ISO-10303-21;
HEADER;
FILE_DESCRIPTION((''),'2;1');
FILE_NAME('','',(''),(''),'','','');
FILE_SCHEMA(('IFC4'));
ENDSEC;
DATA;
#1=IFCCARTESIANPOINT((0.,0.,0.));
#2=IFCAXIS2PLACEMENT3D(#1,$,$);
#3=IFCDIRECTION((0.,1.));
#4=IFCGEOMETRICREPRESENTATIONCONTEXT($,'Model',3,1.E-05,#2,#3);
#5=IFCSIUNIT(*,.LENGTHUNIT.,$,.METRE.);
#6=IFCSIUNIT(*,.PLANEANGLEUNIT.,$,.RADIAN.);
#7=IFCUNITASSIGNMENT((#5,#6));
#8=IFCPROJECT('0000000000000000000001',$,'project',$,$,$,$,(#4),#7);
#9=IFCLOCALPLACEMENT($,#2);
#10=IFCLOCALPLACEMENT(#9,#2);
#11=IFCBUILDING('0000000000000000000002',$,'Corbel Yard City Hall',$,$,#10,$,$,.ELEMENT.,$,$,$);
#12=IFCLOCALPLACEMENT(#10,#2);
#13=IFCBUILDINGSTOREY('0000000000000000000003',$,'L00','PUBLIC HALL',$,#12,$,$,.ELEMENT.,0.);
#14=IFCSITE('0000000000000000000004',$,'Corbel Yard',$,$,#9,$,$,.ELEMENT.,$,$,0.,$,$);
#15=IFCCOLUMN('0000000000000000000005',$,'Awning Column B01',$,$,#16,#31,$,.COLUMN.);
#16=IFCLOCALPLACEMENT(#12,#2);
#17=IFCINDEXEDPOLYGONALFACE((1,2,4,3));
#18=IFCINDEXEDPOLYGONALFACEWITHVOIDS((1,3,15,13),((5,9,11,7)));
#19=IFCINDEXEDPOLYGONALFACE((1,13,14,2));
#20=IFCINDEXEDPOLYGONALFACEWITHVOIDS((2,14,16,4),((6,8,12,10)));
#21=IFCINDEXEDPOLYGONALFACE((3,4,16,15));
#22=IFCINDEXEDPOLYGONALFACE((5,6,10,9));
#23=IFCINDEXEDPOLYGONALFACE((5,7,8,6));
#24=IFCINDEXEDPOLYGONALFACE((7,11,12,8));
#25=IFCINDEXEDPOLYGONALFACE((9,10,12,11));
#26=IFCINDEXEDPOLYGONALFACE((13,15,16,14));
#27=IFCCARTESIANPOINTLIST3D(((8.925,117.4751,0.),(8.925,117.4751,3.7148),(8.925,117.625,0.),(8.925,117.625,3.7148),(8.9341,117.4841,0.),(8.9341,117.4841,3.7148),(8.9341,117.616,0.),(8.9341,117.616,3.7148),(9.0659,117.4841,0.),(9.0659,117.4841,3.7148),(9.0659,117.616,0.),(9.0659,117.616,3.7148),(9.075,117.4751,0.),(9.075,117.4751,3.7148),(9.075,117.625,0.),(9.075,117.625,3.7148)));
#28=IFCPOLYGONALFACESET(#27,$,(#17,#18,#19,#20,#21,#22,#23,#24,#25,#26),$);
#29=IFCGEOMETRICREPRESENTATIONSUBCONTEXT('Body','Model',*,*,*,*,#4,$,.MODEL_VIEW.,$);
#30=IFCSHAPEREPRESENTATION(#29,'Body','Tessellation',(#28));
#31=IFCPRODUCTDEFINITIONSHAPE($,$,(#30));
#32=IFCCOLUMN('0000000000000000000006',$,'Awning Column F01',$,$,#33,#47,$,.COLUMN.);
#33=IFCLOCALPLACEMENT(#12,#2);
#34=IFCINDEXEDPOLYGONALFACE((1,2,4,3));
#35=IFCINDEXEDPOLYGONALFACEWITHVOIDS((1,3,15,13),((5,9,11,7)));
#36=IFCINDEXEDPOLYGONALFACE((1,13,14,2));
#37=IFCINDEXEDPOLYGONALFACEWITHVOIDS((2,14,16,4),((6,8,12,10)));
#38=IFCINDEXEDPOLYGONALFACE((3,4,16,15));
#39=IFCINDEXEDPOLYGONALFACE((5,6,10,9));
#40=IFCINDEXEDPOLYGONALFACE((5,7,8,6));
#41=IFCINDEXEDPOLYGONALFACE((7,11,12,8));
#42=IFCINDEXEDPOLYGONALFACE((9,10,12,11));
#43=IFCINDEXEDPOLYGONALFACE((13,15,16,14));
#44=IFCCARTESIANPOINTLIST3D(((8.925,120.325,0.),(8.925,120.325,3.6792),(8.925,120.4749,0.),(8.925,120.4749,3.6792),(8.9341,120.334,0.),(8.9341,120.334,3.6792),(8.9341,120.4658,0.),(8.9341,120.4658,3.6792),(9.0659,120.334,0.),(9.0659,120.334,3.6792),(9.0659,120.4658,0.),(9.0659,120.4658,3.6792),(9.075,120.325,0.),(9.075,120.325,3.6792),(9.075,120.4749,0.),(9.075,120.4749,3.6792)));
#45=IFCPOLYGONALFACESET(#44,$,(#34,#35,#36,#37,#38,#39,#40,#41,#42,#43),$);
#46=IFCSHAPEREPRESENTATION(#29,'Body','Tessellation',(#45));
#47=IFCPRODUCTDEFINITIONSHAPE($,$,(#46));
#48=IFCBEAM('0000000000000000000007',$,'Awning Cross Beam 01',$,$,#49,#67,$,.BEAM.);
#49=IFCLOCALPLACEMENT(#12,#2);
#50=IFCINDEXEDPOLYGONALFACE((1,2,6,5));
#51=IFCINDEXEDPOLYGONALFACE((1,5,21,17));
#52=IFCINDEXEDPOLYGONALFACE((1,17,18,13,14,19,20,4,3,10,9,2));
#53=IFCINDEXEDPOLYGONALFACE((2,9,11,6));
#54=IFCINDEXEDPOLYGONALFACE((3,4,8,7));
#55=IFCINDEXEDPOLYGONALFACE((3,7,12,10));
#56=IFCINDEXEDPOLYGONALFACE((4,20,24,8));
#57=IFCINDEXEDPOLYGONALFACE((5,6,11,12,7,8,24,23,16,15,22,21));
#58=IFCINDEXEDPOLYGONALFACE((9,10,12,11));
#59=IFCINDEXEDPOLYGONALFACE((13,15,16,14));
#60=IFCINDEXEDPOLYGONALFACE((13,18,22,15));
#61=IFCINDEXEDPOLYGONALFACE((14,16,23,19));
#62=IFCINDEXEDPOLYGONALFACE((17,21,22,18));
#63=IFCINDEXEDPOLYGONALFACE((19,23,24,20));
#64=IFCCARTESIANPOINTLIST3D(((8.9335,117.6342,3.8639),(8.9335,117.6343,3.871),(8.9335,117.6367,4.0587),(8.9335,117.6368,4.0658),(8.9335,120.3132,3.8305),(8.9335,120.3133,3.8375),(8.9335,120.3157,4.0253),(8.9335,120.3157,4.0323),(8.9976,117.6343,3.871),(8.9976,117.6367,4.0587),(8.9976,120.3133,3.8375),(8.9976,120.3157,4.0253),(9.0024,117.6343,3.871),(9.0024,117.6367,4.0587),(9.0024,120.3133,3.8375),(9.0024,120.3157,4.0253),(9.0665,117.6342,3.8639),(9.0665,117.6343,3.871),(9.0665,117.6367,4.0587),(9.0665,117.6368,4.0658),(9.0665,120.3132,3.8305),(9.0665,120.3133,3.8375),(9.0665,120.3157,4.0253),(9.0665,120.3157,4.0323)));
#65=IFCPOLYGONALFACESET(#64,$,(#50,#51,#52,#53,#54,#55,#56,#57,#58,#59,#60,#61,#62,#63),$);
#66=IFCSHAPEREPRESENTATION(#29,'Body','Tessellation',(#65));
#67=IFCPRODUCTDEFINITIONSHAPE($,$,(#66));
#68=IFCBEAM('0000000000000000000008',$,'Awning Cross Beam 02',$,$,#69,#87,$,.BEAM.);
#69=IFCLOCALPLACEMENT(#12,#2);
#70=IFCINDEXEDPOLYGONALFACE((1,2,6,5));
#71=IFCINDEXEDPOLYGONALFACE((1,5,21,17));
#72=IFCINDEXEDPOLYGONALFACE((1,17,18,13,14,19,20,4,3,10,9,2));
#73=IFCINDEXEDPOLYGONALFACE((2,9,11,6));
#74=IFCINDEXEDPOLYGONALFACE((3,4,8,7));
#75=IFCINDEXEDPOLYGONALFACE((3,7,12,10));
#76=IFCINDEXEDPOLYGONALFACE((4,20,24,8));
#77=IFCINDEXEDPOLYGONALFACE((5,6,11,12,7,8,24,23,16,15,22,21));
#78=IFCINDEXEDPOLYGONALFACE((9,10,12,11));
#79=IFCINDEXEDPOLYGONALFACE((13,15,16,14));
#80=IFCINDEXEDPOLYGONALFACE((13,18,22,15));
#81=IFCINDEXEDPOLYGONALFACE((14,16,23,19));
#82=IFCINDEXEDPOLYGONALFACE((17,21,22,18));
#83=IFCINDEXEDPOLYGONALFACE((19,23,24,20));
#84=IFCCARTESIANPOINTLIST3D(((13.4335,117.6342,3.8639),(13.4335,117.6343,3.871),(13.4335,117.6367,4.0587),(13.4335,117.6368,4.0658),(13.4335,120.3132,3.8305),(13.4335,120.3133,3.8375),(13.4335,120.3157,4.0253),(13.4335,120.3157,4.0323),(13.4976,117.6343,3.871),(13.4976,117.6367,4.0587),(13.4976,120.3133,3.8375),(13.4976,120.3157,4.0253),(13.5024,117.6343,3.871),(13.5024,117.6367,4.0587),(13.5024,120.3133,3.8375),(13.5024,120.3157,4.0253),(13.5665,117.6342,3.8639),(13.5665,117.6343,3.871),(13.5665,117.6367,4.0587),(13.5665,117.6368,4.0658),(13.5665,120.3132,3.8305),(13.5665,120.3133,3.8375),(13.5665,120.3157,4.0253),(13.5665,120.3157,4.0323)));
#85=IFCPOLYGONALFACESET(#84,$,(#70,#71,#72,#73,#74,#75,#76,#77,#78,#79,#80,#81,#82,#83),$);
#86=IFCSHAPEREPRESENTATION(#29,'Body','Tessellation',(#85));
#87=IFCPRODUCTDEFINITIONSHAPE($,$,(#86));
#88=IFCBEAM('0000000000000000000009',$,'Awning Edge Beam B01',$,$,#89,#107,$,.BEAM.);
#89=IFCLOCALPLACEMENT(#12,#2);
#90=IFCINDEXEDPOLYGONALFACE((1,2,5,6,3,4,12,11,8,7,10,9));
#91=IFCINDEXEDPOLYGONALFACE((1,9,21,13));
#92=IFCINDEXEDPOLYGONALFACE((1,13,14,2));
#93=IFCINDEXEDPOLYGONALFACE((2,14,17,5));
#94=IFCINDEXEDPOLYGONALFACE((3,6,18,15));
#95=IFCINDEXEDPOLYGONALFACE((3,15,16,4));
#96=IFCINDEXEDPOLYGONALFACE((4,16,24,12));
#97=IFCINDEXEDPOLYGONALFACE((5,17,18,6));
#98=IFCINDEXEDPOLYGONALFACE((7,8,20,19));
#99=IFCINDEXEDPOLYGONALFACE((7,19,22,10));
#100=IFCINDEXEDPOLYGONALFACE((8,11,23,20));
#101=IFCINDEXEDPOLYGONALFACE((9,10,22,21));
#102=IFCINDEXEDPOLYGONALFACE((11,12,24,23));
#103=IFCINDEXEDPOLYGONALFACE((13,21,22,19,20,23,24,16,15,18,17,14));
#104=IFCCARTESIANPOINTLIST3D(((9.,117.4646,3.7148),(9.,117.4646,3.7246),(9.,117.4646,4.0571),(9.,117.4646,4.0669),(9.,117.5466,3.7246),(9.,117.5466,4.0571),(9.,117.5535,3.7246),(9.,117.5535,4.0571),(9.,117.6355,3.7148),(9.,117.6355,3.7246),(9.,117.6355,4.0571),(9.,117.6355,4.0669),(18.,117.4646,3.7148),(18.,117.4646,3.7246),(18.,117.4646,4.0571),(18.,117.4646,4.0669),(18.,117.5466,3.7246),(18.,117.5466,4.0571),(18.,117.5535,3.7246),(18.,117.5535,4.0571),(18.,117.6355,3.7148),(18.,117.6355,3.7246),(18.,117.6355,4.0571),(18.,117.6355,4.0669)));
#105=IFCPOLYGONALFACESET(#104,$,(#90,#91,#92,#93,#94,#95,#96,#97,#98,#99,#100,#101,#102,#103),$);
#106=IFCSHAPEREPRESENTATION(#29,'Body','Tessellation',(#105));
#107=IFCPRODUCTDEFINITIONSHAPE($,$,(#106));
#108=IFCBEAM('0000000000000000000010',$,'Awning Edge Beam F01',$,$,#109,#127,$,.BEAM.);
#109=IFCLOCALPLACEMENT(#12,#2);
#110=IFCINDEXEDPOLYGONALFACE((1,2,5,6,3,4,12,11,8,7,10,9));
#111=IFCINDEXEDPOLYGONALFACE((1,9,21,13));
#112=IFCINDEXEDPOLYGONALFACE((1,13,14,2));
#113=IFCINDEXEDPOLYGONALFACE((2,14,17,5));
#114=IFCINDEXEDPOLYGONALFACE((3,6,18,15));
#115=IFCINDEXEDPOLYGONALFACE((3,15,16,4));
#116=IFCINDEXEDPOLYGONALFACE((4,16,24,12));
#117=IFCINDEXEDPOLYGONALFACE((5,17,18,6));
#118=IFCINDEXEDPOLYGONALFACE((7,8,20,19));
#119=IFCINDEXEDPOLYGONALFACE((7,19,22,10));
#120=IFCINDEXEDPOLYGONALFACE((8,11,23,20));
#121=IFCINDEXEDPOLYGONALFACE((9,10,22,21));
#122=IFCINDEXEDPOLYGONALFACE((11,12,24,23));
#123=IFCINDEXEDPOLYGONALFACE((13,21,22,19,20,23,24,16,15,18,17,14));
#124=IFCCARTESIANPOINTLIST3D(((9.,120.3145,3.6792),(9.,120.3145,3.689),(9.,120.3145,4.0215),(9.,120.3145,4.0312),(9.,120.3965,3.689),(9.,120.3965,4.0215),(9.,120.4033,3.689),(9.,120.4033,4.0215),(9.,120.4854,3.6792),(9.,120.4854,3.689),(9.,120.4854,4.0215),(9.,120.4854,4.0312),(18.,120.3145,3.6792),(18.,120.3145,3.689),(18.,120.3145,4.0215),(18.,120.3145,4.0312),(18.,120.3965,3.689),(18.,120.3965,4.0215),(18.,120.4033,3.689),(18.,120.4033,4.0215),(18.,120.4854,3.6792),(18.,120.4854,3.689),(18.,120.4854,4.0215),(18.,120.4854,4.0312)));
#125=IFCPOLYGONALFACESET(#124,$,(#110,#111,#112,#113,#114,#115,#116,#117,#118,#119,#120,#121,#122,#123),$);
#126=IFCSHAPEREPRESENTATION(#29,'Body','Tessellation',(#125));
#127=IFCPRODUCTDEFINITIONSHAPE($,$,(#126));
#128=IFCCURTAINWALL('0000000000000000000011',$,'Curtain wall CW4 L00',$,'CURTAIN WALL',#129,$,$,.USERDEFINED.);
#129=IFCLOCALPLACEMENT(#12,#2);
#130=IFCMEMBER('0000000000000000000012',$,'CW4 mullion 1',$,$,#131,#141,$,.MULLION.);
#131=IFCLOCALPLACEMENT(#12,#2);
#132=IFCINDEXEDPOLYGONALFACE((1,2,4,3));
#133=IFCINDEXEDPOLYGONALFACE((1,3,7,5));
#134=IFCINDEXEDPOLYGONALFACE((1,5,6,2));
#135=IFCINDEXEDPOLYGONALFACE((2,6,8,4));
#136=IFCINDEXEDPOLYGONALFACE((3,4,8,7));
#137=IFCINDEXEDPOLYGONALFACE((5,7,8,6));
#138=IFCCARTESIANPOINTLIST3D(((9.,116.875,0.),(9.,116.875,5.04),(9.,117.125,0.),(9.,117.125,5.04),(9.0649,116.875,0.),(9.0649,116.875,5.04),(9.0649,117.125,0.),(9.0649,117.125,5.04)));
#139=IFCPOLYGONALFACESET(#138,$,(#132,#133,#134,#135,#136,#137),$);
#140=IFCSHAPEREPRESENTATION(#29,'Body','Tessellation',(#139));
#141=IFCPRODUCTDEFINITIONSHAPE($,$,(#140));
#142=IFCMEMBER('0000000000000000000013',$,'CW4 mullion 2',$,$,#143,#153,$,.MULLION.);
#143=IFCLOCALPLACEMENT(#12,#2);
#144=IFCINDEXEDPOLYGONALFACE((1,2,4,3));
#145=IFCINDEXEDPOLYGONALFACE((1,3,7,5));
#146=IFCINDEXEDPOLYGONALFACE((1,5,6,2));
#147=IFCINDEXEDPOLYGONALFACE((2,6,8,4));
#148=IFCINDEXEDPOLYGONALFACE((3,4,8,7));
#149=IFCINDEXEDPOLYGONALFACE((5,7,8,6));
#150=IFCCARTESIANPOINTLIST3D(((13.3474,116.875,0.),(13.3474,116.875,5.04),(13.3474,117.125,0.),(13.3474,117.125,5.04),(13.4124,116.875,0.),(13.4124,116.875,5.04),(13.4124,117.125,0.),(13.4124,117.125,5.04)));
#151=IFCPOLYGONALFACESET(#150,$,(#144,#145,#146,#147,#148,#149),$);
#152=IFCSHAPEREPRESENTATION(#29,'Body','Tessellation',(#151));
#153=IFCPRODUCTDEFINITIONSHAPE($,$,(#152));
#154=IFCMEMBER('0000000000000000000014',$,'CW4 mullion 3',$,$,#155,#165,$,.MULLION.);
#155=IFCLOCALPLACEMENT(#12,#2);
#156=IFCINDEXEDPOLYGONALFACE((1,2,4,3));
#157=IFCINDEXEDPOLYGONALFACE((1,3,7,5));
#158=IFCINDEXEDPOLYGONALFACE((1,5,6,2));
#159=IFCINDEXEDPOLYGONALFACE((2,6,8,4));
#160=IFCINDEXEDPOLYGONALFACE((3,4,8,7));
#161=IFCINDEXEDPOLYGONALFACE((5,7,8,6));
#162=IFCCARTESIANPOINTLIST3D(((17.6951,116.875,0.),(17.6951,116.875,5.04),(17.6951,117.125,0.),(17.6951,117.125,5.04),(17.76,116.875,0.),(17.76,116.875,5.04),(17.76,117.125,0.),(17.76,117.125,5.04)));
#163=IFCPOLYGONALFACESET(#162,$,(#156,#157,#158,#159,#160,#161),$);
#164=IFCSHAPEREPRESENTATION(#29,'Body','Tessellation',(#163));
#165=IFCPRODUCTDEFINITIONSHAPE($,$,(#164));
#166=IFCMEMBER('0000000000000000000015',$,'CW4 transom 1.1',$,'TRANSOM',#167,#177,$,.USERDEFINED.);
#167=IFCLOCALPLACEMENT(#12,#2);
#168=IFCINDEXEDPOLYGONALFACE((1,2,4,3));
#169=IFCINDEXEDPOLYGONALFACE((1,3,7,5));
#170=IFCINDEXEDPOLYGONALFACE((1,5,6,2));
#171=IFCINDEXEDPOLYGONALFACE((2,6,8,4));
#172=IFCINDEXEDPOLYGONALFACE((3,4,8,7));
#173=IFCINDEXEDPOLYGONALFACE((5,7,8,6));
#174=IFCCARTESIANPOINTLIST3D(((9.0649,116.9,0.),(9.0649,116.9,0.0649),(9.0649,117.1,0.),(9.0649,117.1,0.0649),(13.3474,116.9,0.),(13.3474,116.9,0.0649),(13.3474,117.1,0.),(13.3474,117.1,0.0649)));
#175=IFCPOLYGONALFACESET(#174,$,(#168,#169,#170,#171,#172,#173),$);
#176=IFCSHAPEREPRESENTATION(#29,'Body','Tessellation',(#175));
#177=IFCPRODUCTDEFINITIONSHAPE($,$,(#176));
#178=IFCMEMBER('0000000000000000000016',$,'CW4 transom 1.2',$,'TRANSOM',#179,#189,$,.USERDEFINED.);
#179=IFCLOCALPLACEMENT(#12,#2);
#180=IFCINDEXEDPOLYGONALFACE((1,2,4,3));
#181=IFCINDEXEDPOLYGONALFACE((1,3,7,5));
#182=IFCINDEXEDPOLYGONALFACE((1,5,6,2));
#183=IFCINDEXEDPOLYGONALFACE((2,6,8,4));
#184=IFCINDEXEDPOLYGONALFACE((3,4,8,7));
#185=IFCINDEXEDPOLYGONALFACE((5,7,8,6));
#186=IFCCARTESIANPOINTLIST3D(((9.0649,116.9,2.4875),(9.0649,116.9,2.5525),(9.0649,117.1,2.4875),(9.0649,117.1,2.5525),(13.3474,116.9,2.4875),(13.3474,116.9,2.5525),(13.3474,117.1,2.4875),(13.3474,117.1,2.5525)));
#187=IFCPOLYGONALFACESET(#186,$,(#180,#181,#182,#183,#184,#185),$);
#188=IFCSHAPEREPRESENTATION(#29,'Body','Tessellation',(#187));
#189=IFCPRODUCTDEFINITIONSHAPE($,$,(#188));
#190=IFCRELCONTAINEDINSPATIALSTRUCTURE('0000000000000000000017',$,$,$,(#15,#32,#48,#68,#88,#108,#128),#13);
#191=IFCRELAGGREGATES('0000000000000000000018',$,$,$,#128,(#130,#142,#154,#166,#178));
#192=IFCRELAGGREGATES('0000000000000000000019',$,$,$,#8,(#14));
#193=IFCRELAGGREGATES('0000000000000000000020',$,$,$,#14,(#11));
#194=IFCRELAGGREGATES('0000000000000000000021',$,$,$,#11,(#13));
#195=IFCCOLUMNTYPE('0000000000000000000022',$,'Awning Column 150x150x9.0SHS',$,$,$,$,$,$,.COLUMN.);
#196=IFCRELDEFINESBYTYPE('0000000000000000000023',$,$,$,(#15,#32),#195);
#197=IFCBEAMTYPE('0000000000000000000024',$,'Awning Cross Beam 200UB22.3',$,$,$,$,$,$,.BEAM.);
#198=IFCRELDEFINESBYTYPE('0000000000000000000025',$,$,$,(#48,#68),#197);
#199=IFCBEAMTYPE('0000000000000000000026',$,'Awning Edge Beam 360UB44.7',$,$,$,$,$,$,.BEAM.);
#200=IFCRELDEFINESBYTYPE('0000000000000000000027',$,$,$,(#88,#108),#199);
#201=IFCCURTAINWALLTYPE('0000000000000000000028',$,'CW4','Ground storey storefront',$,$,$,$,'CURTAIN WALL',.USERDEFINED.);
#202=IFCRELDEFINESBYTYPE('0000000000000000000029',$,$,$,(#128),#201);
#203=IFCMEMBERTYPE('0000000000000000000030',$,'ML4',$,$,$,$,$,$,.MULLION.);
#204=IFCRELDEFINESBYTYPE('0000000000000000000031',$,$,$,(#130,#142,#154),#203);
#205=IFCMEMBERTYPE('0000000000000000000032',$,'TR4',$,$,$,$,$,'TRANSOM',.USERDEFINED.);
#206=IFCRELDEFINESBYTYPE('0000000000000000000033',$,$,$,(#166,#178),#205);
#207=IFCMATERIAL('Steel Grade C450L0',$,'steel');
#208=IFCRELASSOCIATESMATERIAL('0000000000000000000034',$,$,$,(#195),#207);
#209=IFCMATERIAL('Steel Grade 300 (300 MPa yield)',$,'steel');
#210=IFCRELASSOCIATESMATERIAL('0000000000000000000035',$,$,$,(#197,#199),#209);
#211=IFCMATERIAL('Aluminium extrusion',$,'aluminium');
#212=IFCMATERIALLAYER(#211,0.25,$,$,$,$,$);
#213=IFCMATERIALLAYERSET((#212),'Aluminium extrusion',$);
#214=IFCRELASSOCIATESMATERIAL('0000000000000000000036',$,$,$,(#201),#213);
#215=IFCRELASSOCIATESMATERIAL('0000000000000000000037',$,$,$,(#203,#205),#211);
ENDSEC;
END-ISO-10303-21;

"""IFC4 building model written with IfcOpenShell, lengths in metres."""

from ifc_helpers import new_model, si_unit, direction, frame, origin, origin_2d, place, context, subcontext, project, spatial, rectangle, hollow_rectangle, i_section, extrude, material, layer, layer_set, material_profile, profile_set, type_object, element, aggregate, save


model = new_model("IFC4")

# Units and contexts
model_context = context("Model", 3, precision=1e-05, world=origin(), true_north=direction((0.0, 1.0)))
body_context = subcontext(model_context, "Body", "Model", "MODEL_VIEW")
ifc_project = project(units=[si_unit("LENGTHUNIT", "METRE"), si_unit("PLANEANGLEUNIT", "RADIAN")], contexts=[model_context])

# Site, building, storey
site_placement = place(None, origin())
site = spatial("IfcSite", under=ifc_project, at=site_placement, Name="Corbel Yard", CompositionType="ELEMENT", RefElevation=0.0)
building_placement = place(site_placement, origin())
building = spatial("IfcBuilding", under=site, at=building_placement, Name="Corbel Yard City Hall", CompositionType="ELEMENT")
storey_placement = place(building_placement, origin())
storey = spatial("IfcBuildingStorey", under=building, at=storey_placement, Name="L00", Description="PUBLIC HALL", CompositionType="ELEMENT", Elevation=0.0)

# Columns
ifc_material_1 = material(Name="Steel Grade C450L0", Category="steel")
ifc_material_profile_1 = material_profile(ifc_material_1, hollow_rectangle(XDim=0.1499, YDim=0.1499, WallThickness=0.009, at=origin_2d()), Name="150x150x9.0SHS")
ifc_profile_set_1 = profile_set([ifc_material_profile_1], Name="Steel Grade C450L0")
column_type = type_object("IfcColumnType", Name="Awning Column 150x150x9.0SHS", PredefinedType="COLUMN", material=ifc_profile_set_1)
column_1_placement = place(storey_placement, frame((9.0, 117.55, 0.0), z_axis=(0.0, 0.0, 1.0), x_axis=(1.0, 0.0, 0.0)))
element("IfcColumn", 1, at=column_1_placement, inside=storey, type_object=column_type, Name="Awning Column B01", PredefinedType="COLUMN", context=body_context, shape_type="SweptSolid", body=[
    extrude(hollow_rectangle(XDim=0.1499, YDim=0.1499, WallThickness=0.009, at=origin_2d()), origin(), (0.0, 0.0, 1.0), 3.7148),
])
column_2_placement = place(storey_placement, frame((9.0, 120.3999, 0.0), z_axis=(0.0, 0.0, 1.0), x_axis=(1.0, 0.0, 0.0)))
element("IfcColumn", 2, at=column_2_placement, inside=storey, type_object=column_type, Name="Awning Column F01", PredefinedType="COLUMN", context=body_context, shape_type="SweptSolid", body=[
    extrude(hollow_rectangle(XDim=0.1499, YDim=0.1499, WallThickness=0.009, at=origin_2d()), origin(), (0.0, 0.0, 1.0), 3.6792),
])

# Beams
ifc_material_2 = material(Name="Steel Grade 300 (300 MPa yield)", Category="steel")
ifc_material_profile_2 = material_profile(ifc_material_2, i_section(OverallWidth=0.1331, OverallDepth=0.2019, WebThickness=0.0049, FlangeThickness=0.0071, at=origin_2d()), Name="200UB22.3")
ifc_profile_set_2 = profile_set([ifc_material_profile_2], Name="Steel Grade 300 (300 MPa yield)")
beam_type_1 = type_object("IfcBeamType", Name="Awning Cross Beam 200UB22.3", PredefinedType="BEAM", material=ifc_profile_set_2)
for number, where, z_axis, x_axis, name in (
    (3, (9.0, 117.6355, 3.9648), (0.0, 0.999922, -0.012484), (-1.0, 0.0, 0.0), "Awning Cross Beam 01"),
    (4, (13.5, 117.6355, 3.9648), (0.0, 0.999922, -0.012484), (-1.0, 0.0, 0.0), "Awning Cross Beam 02"),
):
    element("IfcBeam", number, at=place(storey_placement, frame(where, z_axis=z_axis, x_axis=x_axis)), inside=storey, type_object=beam_type_1, Name=name, PredefinedType="BEAM", context=body_context, shape_type="SweptSolid", body=[
        extrude(i_section(OverallWidth=0.1331, OverallDepth=0.2019, WebThickness=0.0049, FlangeThickness=0.0071, at=origin_2d()), origin(), (0.0, 0.0, 1.0), 2.6792),
    ])
ifc_material_profile_3 = material_profile(ifc_material_2, i_section(OverallWidth=0.1709, OverallDepth=0.3521, WebThickness=0.0068, FlangeThickness=0.0098, at=origin_2d()), Name="360UB44.7")
ifc_profile_set_3 = profile_set([ifc_material_profile_3], Name="Steel Grade 300 (300 MPa yield)")
beam_type_2 = type_object("IfcBeamType", Name="Awning Edge Beam 360UB44.7", PredefinedType="BEAM", material=ifc_profile_set_3)
for number, where, z_axis, x_axis, name in (
    (5, (9.0, 117.55, 3.8909), (1.0, 0.0, 0.0), (0.0, 1.0, 0.0), "Awning Edge Beam B01"),
    (6, (9.0, 120.3999, 3.8552), (1.0, 0.0, 0.0), (0.0, 1.0, 0.0), "Awning Edge Beam F01"),
):
    element("IfcBeam", number, at=place(storey_placement, frame(where, z_axis=z_axis, x_axis=x_axis)), inside=storey, type_object=beam_type_2, Name=name, PredefinedType="BEAM", context=body_context, shape_type="SweptSolid", body=[
        extrude(i_section(OverallWidth=0.1709, OverallDepth=0.3521, WebThickness=0.0068, FlangeThickness=0.0098, at=origin_2d()), origin(), (0.0, 0.0, 1.0), 9.0),
    ])

# Curtain wall, members
ifc_material_3 = material(Name="Aluminium extrusion", Category="aluminium")
ifc_layer_1 = layer(ifc_material_3, 0.25)
ifc_layer_set_1 = layer_set([ifc_layer_1], Name="Aluminium extrusion")
curtain_wall_type = type_object("IfcCurtainWallType", Name="CW4", Description="Ground storey storefront", ElementType="CURTAIN WALL", PredefinedType="USERDEFINED", material=ifc_layer_set_1)
curtain_wall_placement = place(storey_placement, origin())
curtain_wall = element("IfcCurtainWall", 7, at=curtain_wall_placement, inside=storey, type_object=curtain_wall_type, Name="Curtain wall CW4 L00", ObjectType="CURTAIN WALL", PredefinedType="USERDEFINED")
ifc_material_profile_4 = material_profile(ifc_material_3, rectangle(XDim=0.25, YDim=0.0649, at=origin_2d()), Name="250x65")
ifc_profile_set_4 = profile_set([ifc_material_profile_4], Name="Aluminium extrusion")
member_type_1 = type_object("IfcMemberType", Name="ML4", PredefinedType="MULLION", material=ifc_profile_set_4)
member_1_placement = place(storey_placement, frame((9.0325, 117.0, 0.0), z_axis=(0.0, 0.0, 1.0), x_axis=(0.0, 1.0, 0.0)))
member_1 = element("IfcMember", 8, at=member_1_placement, type_object=member_type_1, Name="CW4 mullion 1", PredefinedType="MULLION", context=body_context, shape_type="SweptSolid", body=[
    extrude(rectangle(XDim=0.25, YDim=0.0649, at=origin_2d()), origin(), (0.0, 0.0, 1.0), 5.04),
])
member_2_placement = place(storey_placement, frame((13.3799, 117.0, 0.0), z_axis=(0.0, 0.0, 1.0), x_axis=(0.0, 1.0, 0.0)))
member_2 = element("IfcMember", 9, at=member_2_placement, type_object=member_type_1, Name="CW4 mullion 2", PredefinedType="MULLION", context=body_context, shape_type="SweptSolid", body=[
    extrude(rectangle(XDim=0.25, YDim=0.0649, at=origin_2d()), origin(), (0.0, 0.0, 1.0), 5.04),
])
member_3_placement = place(storey_placement, frame((17.7275, 117.0, 0.0), z_axis=(0.0, 0.0, 1.0), x_axis=(0.0, 1.0, 0.0)))
member_3 = element("IfcMember", 10, at=member_3_placement, type_object=member_type_1, Name="CW4 mullion 3", PredefinedType="MULLION", context=body_context, shape_type="SweptSolid", body=[
    extrude(rectangle(XDim=0.25, YDim=0.0649, at=origin_2d()), origin(), (0.0, 0.0, 1.0), 5.04),
])
ifc_material_profile_5 = material_profile(ifc_material_3, rectangle(XDim=0.2, YDim=0.0649, at=origin_2d()), Name="200x65")
ifc_profile_set_5 = profile_set([ifc_material_profile_5], Name="Aluminium extrusion")
member_type_2 = type_object("IfcMemberType", Name="TR4", ElementType="TRANSOM", PredefinedType="USERDEFINED", material=ifc_profile_set_5)
member_4_placement = place(storey_placement, frame((9.0649, 117.0, 0.0325), z_axis=(1.0, 0.0, 0.0), x_axis=(0.0, 1.0, 0.0)))
member_4 = element("IfcMember", 11, at=member_4_placement, type_object=member_type_2, Name="CW4 transom 1.1", ObjectType="TRANSOM", PredefinedType="USERDEFINED", context=body_context, shape_type="SweptSolid", body=[
    extrude(rectangle(XDim=0.2, YDim=0.0649, at=origin_2d()), origin(), (0.0, 0.0, 1.0), 4.2825),
])
member_5_placement = place(storey_placement, frame((9.0649, 117.0, 2.52), z_axis=(1.0, 0.0, 0.0), x_axis=(0.0, 1.0, 0.0)))
member_5 = element("IfcMember", 12, at=member_5_placement, type_object=member_type_2, Name="CW4 transom 1.2", ObjectType="TRANSOM", PredefinedType="USERDEFINED", context=body_context, shape_type="SweptSolid", body=[
    extrude(rectangle(XDim=0.2, YDim=0.0649, at=origin_2d()), origin(), (0.0, 0.0, 1.0), 4.2825),
])
aggregate(curtain_wall, [member_1, member_2, member_3, member_4, member_5])

save(model, "model.ifc")
